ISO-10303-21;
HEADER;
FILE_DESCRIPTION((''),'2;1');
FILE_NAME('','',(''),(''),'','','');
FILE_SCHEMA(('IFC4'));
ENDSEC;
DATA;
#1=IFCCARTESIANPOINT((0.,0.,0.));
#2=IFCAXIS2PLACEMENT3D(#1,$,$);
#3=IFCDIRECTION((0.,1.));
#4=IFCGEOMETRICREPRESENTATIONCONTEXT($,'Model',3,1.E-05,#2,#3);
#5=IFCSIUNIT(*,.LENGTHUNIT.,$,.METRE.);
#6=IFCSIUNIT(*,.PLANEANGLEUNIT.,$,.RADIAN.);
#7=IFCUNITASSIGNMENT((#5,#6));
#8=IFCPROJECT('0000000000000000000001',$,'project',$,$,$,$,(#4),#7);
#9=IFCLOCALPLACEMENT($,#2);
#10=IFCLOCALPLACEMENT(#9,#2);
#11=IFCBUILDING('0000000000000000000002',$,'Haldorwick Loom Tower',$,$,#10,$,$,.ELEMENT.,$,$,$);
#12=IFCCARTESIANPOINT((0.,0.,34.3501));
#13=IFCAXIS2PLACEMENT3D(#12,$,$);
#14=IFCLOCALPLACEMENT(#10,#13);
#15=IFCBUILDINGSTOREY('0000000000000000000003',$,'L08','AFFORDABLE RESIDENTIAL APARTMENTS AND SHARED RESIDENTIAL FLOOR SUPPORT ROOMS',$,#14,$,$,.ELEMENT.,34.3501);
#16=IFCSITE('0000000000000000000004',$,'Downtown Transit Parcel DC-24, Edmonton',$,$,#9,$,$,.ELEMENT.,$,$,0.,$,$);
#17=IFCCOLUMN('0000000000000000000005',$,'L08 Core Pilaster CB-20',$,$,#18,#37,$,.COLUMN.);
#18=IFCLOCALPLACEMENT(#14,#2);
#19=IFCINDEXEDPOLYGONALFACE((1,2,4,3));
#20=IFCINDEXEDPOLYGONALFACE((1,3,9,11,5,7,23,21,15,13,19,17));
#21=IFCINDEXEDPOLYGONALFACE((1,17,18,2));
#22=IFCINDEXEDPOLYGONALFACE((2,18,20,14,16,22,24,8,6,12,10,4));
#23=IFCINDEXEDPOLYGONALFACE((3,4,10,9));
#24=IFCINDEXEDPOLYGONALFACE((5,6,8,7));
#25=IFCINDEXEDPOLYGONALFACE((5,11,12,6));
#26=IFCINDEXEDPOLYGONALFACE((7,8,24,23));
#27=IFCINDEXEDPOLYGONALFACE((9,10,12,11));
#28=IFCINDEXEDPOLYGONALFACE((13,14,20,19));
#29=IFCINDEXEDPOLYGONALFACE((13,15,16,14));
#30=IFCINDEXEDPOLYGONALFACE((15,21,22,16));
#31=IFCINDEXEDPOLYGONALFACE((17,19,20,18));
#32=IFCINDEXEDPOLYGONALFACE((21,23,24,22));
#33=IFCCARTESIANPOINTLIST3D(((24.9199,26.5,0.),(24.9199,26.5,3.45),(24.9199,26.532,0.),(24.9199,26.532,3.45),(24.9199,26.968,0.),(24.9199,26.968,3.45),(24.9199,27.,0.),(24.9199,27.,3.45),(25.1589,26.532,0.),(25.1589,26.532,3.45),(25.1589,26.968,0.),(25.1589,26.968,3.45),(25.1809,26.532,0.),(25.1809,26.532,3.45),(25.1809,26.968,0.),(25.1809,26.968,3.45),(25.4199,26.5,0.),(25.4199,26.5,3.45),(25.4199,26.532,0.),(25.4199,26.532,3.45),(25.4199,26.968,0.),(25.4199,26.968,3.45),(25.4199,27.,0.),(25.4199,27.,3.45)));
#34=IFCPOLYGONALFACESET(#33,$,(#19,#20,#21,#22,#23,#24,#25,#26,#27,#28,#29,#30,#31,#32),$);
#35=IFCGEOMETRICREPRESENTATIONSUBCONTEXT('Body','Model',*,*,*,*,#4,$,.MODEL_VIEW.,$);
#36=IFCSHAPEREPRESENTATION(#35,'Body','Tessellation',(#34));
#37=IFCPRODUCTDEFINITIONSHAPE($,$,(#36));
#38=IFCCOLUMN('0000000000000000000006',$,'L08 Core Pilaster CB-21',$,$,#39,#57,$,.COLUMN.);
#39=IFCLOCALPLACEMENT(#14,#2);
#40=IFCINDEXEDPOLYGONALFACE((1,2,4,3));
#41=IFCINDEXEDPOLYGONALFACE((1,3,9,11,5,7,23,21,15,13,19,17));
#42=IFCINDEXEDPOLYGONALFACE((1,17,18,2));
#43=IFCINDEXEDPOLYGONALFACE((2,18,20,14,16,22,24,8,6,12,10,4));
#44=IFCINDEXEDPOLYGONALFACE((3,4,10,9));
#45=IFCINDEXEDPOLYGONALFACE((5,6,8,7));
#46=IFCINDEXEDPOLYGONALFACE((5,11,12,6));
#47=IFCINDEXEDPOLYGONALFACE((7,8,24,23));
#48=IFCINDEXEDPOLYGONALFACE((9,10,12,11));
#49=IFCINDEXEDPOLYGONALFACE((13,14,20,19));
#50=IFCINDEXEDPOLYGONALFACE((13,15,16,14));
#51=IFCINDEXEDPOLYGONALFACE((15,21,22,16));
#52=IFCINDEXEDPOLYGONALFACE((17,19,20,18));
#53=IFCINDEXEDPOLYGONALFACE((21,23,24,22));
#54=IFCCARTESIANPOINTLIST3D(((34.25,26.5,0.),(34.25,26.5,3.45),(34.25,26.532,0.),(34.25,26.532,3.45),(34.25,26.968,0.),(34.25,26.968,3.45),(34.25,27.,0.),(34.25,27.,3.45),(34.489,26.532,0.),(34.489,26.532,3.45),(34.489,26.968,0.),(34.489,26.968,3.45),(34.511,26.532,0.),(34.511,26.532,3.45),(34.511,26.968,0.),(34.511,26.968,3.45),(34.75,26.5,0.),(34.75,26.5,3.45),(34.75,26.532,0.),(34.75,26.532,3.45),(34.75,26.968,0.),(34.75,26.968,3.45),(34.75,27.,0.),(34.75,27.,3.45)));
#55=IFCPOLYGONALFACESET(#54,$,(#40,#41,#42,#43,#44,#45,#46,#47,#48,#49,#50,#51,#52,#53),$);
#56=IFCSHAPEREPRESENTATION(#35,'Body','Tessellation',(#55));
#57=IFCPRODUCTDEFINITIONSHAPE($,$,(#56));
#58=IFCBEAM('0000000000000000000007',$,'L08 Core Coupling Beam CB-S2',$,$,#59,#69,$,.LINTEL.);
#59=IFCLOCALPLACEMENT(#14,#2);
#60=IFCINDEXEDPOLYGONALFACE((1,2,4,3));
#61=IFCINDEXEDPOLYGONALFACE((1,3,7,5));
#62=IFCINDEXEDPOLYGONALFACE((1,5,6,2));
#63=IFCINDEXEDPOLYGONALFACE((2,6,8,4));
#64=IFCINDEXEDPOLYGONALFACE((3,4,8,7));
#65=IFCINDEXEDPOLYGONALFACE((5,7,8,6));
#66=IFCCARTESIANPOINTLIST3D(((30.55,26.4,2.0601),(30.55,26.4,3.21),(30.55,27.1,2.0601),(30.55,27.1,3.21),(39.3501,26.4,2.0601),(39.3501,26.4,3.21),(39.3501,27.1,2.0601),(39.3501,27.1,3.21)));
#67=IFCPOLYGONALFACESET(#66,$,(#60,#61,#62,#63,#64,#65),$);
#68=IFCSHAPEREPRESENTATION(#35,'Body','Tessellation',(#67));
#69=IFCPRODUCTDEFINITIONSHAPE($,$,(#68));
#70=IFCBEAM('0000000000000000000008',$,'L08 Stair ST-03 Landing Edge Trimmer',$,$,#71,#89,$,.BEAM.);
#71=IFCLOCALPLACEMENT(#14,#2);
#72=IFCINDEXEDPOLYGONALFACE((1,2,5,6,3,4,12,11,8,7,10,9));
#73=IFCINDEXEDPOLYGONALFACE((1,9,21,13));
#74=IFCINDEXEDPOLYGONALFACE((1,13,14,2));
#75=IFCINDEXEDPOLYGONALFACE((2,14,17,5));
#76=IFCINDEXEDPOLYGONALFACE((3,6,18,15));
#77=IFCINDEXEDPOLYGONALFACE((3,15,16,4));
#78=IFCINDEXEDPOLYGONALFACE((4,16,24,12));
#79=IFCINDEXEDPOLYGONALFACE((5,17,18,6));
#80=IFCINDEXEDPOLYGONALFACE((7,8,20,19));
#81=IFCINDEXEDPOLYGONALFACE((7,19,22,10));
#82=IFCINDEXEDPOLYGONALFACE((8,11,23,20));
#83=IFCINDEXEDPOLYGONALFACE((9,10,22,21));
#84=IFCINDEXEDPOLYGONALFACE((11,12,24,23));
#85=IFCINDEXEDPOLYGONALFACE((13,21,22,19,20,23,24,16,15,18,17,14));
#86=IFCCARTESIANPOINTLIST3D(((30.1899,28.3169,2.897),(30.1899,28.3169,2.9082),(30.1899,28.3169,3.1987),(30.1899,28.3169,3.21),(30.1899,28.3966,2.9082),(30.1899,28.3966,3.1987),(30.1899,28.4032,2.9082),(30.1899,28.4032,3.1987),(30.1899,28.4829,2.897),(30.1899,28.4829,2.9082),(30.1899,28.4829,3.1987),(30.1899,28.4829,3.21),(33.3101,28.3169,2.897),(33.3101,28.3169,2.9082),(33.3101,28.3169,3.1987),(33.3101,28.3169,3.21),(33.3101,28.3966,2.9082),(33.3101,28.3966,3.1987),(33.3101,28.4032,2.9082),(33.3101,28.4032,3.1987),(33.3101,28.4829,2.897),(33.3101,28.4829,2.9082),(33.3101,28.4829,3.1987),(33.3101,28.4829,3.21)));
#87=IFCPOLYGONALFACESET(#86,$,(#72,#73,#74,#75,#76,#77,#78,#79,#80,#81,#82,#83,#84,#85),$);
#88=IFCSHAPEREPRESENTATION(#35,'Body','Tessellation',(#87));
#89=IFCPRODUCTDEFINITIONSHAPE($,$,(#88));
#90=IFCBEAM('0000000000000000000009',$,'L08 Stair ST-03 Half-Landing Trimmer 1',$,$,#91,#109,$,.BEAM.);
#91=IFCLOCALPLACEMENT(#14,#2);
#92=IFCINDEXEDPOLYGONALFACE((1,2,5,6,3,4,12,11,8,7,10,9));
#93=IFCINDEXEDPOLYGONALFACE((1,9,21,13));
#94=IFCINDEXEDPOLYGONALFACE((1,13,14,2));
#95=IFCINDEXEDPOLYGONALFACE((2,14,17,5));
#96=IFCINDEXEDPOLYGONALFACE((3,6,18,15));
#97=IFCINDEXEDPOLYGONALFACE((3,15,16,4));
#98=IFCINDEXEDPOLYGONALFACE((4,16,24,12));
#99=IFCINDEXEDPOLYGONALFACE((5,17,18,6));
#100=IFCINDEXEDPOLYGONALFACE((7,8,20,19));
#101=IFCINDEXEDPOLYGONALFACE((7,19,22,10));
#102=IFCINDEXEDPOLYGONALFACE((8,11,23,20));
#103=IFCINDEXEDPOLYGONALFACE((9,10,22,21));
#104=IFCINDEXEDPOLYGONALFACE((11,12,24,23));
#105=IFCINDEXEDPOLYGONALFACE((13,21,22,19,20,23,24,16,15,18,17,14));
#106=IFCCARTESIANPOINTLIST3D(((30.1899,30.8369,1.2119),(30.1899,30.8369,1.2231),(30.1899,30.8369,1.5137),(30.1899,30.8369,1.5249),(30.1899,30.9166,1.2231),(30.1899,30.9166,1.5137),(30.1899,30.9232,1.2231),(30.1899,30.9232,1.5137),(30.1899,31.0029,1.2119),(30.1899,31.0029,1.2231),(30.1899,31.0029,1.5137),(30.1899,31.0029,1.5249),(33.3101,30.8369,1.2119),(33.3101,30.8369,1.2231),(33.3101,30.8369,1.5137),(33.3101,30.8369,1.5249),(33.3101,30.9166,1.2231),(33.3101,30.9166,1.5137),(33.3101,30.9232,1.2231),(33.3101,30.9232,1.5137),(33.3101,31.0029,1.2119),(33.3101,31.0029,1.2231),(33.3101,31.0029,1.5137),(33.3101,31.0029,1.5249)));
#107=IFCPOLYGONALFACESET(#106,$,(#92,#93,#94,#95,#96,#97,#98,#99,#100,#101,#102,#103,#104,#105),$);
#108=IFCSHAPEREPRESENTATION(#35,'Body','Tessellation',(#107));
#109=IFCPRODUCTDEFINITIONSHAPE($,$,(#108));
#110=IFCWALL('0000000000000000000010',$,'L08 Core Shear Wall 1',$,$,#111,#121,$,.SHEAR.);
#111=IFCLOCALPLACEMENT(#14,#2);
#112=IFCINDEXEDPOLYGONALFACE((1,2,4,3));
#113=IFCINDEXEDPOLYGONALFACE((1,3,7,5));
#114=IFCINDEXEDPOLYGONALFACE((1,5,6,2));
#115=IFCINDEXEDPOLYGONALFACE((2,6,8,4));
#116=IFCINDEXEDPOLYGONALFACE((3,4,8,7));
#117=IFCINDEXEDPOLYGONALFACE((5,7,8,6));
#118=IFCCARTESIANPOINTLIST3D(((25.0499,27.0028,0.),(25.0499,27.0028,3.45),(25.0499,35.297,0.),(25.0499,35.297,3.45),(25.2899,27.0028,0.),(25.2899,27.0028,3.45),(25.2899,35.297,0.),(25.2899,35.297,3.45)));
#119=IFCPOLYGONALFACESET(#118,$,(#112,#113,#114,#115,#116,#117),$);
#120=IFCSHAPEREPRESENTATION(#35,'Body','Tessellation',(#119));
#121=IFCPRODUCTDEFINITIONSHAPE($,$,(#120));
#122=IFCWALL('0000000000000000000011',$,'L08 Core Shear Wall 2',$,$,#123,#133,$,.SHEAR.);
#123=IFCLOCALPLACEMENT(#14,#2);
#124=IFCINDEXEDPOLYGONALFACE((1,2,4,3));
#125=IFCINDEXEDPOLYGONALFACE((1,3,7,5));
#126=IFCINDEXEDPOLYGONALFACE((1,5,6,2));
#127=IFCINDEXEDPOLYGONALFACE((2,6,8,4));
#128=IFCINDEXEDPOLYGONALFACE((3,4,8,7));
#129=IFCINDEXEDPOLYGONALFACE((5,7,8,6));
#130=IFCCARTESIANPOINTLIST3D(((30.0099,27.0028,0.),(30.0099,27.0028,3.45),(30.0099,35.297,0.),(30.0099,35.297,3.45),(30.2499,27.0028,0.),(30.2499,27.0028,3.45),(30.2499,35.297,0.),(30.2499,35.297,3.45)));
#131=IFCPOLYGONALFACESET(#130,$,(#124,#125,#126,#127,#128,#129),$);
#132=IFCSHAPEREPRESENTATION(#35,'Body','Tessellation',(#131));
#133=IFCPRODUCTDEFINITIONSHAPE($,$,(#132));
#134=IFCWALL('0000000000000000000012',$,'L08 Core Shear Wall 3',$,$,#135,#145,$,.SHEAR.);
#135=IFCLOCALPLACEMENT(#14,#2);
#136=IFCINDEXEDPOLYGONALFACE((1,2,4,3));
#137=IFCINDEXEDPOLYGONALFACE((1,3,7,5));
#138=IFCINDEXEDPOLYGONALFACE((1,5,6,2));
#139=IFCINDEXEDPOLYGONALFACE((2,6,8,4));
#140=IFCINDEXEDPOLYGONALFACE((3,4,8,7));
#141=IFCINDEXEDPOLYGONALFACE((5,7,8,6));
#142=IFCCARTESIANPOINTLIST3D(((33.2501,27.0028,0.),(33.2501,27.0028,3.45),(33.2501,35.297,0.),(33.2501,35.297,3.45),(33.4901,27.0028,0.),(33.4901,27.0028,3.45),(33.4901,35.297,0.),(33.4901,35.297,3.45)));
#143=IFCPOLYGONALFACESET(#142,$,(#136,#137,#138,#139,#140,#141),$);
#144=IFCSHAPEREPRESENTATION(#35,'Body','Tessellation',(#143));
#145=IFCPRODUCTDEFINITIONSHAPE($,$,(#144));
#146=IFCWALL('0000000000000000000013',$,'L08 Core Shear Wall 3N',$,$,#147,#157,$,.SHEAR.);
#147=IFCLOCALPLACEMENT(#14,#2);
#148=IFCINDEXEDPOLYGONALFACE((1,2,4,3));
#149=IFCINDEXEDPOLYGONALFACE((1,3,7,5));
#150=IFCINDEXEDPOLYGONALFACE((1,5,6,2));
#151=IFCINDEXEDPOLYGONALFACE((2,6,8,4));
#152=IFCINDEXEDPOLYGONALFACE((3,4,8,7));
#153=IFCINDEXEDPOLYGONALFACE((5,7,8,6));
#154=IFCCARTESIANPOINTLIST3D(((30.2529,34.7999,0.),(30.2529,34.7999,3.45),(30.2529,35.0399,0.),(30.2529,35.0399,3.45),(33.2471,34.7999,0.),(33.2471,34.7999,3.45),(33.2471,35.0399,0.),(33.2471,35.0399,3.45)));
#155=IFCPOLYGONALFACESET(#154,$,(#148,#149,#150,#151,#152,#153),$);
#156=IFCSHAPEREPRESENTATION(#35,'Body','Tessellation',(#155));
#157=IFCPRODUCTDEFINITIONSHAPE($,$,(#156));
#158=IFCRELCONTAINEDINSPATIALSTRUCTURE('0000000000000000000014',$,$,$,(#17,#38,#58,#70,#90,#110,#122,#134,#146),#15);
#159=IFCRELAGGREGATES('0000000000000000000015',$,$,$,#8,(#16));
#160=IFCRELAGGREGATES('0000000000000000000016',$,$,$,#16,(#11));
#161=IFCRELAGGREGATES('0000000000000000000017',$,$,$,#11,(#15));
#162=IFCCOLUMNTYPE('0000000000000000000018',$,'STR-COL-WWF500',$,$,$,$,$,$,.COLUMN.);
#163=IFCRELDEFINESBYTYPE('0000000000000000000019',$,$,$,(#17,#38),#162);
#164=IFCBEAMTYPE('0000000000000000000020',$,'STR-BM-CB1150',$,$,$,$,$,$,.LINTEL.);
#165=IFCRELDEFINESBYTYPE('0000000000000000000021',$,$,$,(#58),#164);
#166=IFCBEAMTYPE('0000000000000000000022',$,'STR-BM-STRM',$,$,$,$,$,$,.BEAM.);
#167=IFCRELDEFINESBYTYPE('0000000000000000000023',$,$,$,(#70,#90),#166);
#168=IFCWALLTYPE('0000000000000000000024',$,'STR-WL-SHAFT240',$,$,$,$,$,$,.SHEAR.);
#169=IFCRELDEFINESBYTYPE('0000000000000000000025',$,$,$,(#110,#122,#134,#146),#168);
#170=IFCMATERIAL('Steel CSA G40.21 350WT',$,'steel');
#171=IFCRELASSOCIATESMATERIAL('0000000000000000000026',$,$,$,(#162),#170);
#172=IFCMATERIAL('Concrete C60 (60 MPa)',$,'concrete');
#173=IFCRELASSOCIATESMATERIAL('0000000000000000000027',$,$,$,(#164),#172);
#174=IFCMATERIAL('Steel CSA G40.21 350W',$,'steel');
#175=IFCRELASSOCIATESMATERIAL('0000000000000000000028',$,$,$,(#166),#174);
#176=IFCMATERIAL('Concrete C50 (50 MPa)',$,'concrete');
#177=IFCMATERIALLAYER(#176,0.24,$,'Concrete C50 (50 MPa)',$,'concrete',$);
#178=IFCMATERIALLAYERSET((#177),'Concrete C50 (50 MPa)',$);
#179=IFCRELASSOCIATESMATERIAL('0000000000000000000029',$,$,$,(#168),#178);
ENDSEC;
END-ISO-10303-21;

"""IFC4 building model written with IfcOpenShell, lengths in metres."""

from ifc_helpers import new_model, si_unit, direction, frame, frame_2d, origin, origin_2d, place, context, subcontext, project, spatial, rectangle, i_section, extrude, material, layer, layer_set, material_profile, profile_set, type_object, element, save


model = new_model("IFC4")

# Units and contexts
model_context = context("Model", 3, precision=1e-05, world=origin(), true_north=direction((0.0, 1.0)))
body_context = subcontext(model_context, "Body", "Model", "MODEL_VIEW")
ifc_project = project(units=[si_unit("LENGTHUNIT", "METRE"), si_unit("PLANEANGLEUNIT", "RADIAN")], contexts=[model_context])

# Site, building, storey
site_placement = place(None, origin())
site = spatial("IfcSite", under=ifc_project, at=site_placement, Name="Downtown Transit Parcel DC-24, Edmonton", CompositionType="ELEMENT", RefElevation=0.0)
building_placement = place(site_placement, origin())
building = spatial("IfcBuilding", under=site, at=building_placement, Name="Haldorwick Loom Tower", CompositionType="ELEMENT")
storey_placement = place(building_placement, frame((0.0, 0.0, 34.3501)))
storey = spatial("IfcBuildingStorey", under=building, at=storey_placement, Name="L08", Description="AFFORDABLE RESIDENTIAL APARTMENTS AND SHARED RESIDENTIAL FLOOR SUPPORT ROOMS", CompositionType="ELEMENT", Elevation=34.3501)

# Columns
ifc_material_1 = material(Name="Steel CSA G40.21 350WT", Category="steel")
ifc_material_profile_1 = material_profile(ifc_material_1, i_section(OverallWidth=0.5, OverallDepth=0.5, WebThickness=0.022, FlangeThickness=0.032, at=origin_2d()), Name="WWF500X500", Category="steel")
ifc_profile_set_1 = profile_set([ifc_material_profile_1], Name="Steel CSA G40.21 350WT")
column_type = type_object("IfcColumnType", Name="STR-COL-WWF500", PredefinedType="COLUMN", material=ifc_profile_set_1)
for number, where, z_axis, x_axis, name in (
    (1, (25.1699, 26.75, 0.0), (0.0, 0.0, 1.0), (1.0, 0.0, 0.0), "L08 Core Pilaster CB-20"),
    (2, (34.5, 26.75, 0.0), (0.0, 0.0, 1.0), (1.0, 0.0, 0.0), "L08 Core Pilaster CB-21"),
):
    element("IfcColumn", number, at=place(storey_placement, frame(where, z_axis=z_axis, x_axis=x_axis)), inside=storey, type_object=column_type, Name=name, PredefinedType="COLUMN", context=body_context, shape_type="SweptSolid", body=[
        extrude(i_section(OverallWidth=0.5, OverallDepth=0.5, WebThickness=0.022, FlangeThickness=0.032, at=origin_2d()), origin(), (0.0, 0.0, 1.0), 3.45),
    ])

# Beams
ifc_material_2 = material(Name="Concrete C60 (60 MPa)", Category="concrete")
ifc_material_profile_2 = material_profile(ifc_material_2, rectangle(XDim=0.7, YDim=1.1499, at=origin_2d()), Name="RC700X1150", Category="concrete")
ifc_profile_set_2 = profile_set([ifc_material_profile_2], Name="Concrete C60 (60 MPa)")
beam_type_1 = type_object("IfcBeamType", Name="STR-BM-CB1150", PredefinedType="LINTEL", material=ifc_profile_set_2)
beam_placement = place(storey_placement, frame((30.55, 26.75, 2.635), z_axis=(1.0, 0.0, 0.0), x_axis=(0.0, 1.0, 0.0)))
element("IfcBeam", 3, at=beam_placement, inside=storey, type_object=beam_type_1, Name="L08 Core Coupling Beam CB-S2", PredefinedType="LINTEL", context=body_context, shape_type="SweptSolid", body=[
    extrude(rectangle(XDim=0.7, YDim=1.1499, at=origin_2d()), origin(), (0.0, 0.0, 1.0), 8.8),
])
ifc_material_3 = material(Name="Steel CSA G40.21 350W", Category="steel")
ifc_material_profile_3 = material_profile(ifc_material_3, i_section(OverallWidth=0.166, OverallDepth=0.313, WebThickness=0.0066, FlangeThickness=0.0112, at=origin_2d()), Name="W310X45", Category="steel")
ifc_profile_set_3 = profile_set([ifc_material_profile_3], Name="Steel CSA G40.21 350W")
beam_type_2 = type_object("IfcBeamType", Name="STR-BM-STRM", PredefinedType="BEAM", material=ifc_profile_set_3)
for number, where, z_axis, x_axis, name in (
    (4, (30.1899, 28.3999, 3.0535), (1.0, 0.0, 0.0), (0.0, 1.0, 0.0), "L08 Stair ST-03 Landing Edge Trimmer"),
    (5, (30.1899, 30.9199, 1.3684), (1.0, 0.0, 0.0), (0.0, 1.0, 0.0), "L08 Stair ST-03 Half-Landing Trimmer 1"),
):
    element("IfcBeam", number, at=place(storey_placement, frame(where, z_axis=z_axis, x_axis=x_axis)), inside=storey, type_object=beam_type_2, Name=name, PredefinedType="BEAM", context=body_context, shape_type="SweptSolid", body=[
        extrude(i_section(OverallWidth=0.166, OverallDepth=0.313, WebThickness=0.0066, FlangeThickness=0.0112, at=origin_2d()), origin(), (0.0, 0.0, 1.0), 3.1201),
    ])

# Walls
ifc_material_4 = material(Name="Concrete C50 (50 MPa)", Category="concrete")
ifc_layer = layer(ifc_material_4, 0.24, Name="Concrete C50 (50 MPa)", Category="concrete")
ifc_layer_set = layer_set([ifc_layer], Name="Concrete C50 (50 MPa)")
wall_type = type_object("IfcWallType", Name="STR-WL-SHAFT240", PredefinedType="SHEAR", material=ifc_layer_set)
for number, where, z_axis, x_axis, name in (
    (6, (25.1699, 27.0029, 0.0), (0.0, 0.0, 1.0), (0.0, 1.0, 0.0), "L08 Core Shear Wall 1"),
    (7, (30.1299, 27.0029, 0.0), (0.0, 0.0, 1.0), (0.0, 1.0, 0.0), "L08 Core Shear Wall 2"),
    (8, (33.3701, 27.0029, 0.0), (0.0, 0.0, 1.0), (0.0, 1.0, 0.0), "L08 Core Shear Wall 3"),
):
    element("IfcWall", number, at=place(storey_placement, frame(where, z_axis=z_axis, x_axis=x_axis)), inside=storey, type_object=wall_type, Name=name, PredefinedType="SHEAR", context=body_context, shape_type="SweptSolid", body=[
        extrude(rectangle(XDim=8.2942, YDim=0.24, at=frame_2d((4.147, 0.0))), origin(), (0.0, 0.0, 1.0), 3.45),
    ])
wall_1_placement = place(storey_placement, frame((30.2529, 34.9199, 0.0), z_axis=(0.0, 0.0, 1.0), x_axis=(1.0, 0.0, 0.0)))
element("IfcWall", 9, at=wall_1_placement, inside=storey, type_object=wall_type, Name="L08 Core Shear Wall 3N", PredefinedType="SHEAR", context=body_context, shape_type="SweptSolid", body=[
    extrude(rectangle(XDim=2.9941, YDim=0.24, at=frame_2d((1.4971, 0.0))), origin(), (0.0, 0.0, 1.0), 3.45),
])

save(model, "model.ifc")
